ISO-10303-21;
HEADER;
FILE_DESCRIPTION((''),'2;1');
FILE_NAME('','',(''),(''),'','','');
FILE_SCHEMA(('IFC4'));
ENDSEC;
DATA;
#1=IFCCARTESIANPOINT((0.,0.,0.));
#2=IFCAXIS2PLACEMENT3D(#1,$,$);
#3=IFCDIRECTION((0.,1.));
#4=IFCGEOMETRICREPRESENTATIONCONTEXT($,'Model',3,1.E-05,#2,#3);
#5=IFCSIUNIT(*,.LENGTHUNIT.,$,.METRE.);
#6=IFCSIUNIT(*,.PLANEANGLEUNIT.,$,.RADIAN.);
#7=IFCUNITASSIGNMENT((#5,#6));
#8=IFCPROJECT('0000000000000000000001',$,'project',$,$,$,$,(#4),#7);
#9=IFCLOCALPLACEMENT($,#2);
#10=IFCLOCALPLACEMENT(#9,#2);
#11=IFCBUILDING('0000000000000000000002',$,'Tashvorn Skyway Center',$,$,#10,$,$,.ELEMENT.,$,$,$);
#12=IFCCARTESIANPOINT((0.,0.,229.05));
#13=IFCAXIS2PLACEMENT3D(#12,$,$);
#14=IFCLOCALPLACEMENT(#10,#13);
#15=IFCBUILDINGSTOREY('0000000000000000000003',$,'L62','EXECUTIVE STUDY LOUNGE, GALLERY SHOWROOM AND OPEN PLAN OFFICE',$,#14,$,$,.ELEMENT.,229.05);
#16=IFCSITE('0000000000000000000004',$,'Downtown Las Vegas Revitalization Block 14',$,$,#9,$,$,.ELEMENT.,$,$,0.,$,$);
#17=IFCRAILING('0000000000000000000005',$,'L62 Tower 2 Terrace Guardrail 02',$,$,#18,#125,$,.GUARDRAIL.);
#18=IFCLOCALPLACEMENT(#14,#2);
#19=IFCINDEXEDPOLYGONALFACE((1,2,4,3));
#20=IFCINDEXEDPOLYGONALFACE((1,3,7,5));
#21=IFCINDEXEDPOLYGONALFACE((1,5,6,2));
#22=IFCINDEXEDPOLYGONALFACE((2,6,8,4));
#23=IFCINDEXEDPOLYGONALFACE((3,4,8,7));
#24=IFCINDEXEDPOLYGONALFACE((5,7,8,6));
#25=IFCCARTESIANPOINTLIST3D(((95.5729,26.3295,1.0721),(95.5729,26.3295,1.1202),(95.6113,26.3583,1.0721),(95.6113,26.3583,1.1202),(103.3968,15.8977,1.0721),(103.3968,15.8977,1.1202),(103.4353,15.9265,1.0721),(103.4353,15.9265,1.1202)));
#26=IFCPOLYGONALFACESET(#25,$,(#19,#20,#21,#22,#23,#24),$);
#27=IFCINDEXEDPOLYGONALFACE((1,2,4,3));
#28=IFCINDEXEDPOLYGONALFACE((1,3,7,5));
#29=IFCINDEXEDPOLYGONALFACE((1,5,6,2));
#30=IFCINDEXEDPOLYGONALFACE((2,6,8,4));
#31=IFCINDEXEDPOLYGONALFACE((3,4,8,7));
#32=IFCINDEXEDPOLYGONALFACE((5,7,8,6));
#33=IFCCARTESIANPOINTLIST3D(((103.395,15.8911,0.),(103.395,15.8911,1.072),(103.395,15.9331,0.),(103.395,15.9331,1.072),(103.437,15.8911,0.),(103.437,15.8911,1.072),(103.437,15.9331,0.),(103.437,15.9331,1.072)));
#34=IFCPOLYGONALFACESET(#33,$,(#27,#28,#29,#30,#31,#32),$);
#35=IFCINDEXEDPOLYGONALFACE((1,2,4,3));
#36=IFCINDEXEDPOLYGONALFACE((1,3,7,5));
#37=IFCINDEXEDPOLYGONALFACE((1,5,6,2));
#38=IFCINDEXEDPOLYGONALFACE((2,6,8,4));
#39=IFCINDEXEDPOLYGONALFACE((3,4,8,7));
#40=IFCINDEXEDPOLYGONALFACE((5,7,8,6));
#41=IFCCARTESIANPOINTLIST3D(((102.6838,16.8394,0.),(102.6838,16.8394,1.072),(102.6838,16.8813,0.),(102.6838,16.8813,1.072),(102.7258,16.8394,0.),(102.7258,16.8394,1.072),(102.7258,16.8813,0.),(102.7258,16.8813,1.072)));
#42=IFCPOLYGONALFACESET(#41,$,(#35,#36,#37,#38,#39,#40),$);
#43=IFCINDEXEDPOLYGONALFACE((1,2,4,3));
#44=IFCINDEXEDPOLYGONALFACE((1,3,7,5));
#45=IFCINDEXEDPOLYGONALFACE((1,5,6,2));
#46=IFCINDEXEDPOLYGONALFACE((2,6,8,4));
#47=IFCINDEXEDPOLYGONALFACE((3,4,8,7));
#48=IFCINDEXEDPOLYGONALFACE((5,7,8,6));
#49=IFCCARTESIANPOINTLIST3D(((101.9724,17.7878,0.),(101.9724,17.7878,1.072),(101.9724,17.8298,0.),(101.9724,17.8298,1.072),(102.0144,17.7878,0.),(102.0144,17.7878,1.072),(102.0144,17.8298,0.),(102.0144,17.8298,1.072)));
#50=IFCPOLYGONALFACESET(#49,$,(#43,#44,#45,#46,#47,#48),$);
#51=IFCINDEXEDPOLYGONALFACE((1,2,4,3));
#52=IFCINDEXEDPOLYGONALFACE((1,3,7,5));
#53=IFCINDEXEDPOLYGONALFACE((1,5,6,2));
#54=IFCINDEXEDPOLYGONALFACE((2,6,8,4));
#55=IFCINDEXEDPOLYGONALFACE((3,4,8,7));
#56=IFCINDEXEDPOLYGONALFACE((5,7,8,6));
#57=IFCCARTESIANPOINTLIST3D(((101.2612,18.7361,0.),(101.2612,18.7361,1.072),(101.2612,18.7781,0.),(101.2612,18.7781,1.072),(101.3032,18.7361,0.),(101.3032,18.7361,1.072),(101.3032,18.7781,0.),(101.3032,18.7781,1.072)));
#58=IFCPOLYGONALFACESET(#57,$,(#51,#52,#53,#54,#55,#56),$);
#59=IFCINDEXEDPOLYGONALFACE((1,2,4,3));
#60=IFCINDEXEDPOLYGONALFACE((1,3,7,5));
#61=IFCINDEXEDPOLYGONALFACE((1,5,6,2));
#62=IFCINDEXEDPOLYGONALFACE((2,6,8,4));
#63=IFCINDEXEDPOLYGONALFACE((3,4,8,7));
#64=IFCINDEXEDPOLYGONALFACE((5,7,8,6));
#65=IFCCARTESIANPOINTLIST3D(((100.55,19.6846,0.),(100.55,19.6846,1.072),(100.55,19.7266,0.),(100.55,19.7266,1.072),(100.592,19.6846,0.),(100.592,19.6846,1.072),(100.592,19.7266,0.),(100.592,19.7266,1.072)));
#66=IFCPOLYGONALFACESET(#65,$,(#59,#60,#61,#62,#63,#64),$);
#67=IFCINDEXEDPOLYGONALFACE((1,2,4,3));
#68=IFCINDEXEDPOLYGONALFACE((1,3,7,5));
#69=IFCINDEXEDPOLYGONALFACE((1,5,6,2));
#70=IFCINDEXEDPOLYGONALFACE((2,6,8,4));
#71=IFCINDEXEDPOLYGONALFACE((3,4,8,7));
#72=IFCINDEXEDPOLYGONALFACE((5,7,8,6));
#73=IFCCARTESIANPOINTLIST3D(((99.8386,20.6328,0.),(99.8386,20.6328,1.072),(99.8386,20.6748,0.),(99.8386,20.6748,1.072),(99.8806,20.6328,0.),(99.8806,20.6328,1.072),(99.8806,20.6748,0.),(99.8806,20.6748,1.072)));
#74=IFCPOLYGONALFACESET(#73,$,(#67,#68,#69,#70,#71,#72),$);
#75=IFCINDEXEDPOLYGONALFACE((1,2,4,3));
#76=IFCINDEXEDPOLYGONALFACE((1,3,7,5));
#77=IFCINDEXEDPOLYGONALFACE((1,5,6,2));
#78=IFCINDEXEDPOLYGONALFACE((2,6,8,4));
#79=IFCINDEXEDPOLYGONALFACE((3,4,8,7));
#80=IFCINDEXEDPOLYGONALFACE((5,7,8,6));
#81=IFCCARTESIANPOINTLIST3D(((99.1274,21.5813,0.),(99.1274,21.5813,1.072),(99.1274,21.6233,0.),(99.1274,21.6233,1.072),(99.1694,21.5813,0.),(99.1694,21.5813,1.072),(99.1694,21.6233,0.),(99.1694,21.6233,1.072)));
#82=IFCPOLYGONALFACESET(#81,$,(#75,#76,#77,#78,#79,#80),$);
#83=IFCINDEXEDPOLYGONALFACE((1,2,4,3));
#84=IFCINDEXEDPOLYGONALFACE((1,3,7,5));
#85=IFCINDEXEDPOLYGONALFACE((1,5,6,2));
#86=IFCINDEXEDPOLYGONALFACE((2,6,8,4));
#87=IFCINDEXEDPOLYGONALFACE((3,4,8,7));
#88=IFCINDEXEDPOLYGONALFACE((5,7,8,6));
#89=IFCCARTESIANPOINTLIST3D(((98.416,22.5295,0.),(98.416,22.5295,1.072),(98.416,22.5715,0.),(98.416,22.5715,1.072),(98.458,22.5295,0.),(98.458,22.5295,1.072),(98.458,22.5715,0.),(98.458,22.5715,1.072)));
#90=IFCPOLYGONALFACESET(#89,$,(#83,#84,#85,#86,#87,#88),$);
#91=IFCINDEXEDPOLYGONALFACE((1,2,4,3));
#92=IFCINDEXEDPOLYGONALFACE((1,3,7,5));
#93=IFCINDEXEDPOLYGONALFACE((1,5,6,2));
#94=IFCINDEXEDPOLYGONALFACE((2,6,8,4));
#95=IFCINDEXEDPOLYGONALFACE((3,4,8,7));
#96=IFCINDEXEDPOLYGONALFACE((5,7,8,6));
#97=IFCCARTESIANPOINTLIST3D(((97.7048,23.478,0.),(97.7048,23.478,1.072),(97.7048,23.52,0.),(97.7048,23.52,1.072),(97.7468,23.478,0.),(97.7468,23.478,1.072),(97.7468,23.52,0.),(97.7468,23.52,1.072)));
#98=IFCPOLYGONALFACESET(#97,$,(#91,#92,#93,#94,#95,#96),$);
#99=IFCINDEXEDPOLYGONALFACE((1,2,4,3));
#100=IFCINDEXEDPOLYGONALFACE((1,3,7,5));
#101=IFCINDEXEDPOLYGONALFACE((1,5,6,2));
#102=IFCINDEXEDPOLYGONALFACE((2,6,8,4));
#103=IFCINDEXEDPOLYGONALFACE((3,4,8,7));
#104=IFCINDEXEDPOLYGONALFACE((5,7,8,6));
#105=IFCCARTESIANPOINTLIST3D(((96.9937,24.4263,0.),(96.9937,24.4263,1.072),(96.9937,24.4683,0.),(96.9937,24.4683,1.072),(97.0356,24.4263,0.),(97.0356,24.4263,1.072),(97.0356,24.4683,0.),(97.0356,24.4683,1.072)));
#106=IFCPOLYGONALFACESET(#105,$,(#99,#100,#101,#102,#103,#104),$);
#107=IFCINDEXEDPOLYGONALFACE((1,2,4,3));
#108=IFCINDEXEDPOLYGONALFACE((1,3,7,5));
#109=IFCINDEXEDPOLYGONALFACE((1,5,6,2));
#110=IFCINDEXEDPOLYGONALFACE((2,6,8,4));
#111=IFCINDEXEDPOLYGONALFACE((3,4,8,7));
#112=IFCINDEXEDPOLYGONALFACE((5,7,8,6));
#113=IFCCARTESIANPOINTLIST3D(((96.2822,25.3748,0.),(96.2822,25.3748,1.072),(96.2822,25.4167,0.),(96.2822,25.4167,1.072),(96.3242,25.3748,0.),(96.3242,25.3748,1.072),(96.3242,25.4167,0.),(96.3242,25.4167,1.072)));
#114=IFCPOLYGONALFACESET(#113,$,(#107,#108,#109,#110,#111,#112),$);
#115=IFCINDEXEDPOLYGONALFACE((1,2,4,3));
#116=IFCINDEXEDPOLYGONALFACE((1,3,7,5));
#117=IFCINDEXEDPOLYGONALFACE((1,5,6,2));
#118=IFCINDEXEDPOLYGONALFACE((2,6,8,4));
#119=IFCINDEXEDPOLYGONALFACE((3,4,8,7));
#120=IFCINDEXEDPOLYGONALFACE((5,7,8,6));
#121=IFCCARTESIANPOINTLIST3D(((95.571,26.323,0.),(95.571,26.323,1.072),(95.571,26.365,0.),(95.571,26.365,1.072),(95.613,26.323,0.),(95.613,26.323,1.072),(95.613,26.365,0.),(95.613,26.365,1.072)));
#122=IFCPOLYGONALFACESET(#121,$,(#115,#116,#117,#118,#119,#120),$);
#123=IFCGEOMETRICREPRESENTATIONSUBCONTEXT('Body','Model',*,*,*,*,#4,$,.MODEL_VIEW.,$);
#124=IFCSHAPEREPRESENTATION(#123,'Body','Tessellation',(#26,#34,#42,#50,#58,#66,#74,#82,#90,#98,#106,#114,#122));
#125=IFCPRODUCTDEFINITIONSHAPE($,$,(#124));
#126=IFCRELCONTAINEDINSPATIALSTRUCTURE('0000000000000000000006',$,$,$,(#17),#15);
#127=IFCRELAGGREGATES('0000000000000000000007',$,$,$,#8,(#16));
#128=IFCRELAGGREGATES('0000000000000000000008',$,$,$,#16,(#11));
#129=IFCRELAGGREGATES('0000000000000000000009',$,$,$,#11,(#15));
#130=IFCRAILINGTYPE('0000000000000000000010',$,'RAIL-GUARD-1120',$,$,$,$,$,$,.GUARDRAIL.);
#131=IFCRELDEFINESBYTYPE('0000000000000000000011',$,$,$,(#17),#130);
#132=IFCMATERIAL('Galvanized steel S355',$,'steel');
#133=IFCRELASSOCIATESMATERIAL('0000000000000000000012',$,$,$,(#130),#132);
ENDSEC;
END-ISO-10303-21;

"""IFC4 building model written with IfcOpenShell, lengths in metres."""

from ifc_helpers import new_model, si_unit, direction, frame, origin, origin_2d, place, context, subcontext, project, spatial, rectangle, extrude, material, type_object, element, save


model = new_model("IFC4")

# Units and contexts
model_context = context("Model", 3, precision=1e-05, world=origin(), true_north=direction((0.0, 1.0)))
body_context = subcontext(model_context, "Body", "Model", "MODEL_VIEW")
ifc_project = project(units=[si_unit("LENGTHUNIT", "METRE"), si_unit("PLANEANGLEUNIT", "RADIAN")], contexts=[model_context])

# Site, building, storey
site_placement = place(None, origin())
site = spatial("IfcSite", under=ifc_project, at=site_placement, Name="Downtown Las Vegas Revitalization Block 14", CompositionType="ELEMENT", RefElevation=0.0)
building_placement = place(site_placement, origin())
building = spatial("IfcBuilding", under=site, at=building_placement, Name="Tashvorn Skyway Center", CompositionType="ELEMENT")
storey_placement = place(building_placement, frame((0.0, 0.0, 229.05)))
storey = spatial("IfcBuildingStorey", under=building, at=storey_placement, Name="L62", Description="EXECUTIVE STUDY LOUNGE, GALLERY SHOWROOM AND OPEN PLAN OFFICE", CompositionType="ELEMENT", Elevation=229.05)

# Railing
ifc_material_1 = material(Name="Galvanized steel S355", Category="steel")
railing_type = type_object("IfcRailingType", Name="RAIL-GUARD-1120", PredefinedType="GUARDRAIL", material=ifc_material_1)
railing_placement = place(storey_placement, frame((103.416, 15.9121, 0.0)))
element("IfcRailing", 1, at=railing_placement, inside=storey, type_object=railing_type, Name="L62 Tower 2 Terrace Guardrail 02", PredefinedType="GUARDRAIL", context=body_context, shape_type="SweptSolid", body=[
    extrude(rectangle(XDim=0.0481, YDim=0.0481, at=origin_2d()), frame((0.0, 0.0, 1.0962), z_axis=(-0.600003, 0.799998, 0.0), x_axis=(-0.799998, -0.600003, 0.0)), (0.0, 0.0, 1.0), 13.0398),
    extrude(rectangle(XDim=0.042, YDim=0.042, at=origin_2d()), origin(), (0.0, 0.0, 1.0), 1.072),
    extrude(rectangle(XDim=0.042, YDim=0.042, at=origin_2d()), frame((-0.7112, 0.9482, 0.0)), (0.0, 0.0, 1.0), 1.072),
    extrude(rectangle(XDim=0.042, YDim=0.042, at=origin_2d()), frame((-1.4226, 1.8967, 0.0)), (0.0, 0.0, 1.0), 1.072),
    extrude(rectangle(XDim=0.042, YDim=0.042, at=origin_2d()), frame((-2.1338, 2.845, 0.0)), (0.0, 0.0, 1.0), 1.072),
    extrude(rectangle(XDim=0.042, YDim=0.042, at=origin_2d()), frame((-2.845, 3.7935, 0.0)), (0.0, 0.0, 1.0), 1.072),
    extrude(rectangle(XDim=0.042, YDim=0.042, at=origin_2d()), frame((-3.5564, 4.7417, 0.0)), (0.0, 0.0, 1.0), 1.072),
    extrude(rectangle(XDim=0.042, YDim=0.042, at=origin_2d()), frame((-4.2676, 5.6902, 0.0)), (0.0, 0.0, 1.0), 1.072),
    extrude(rectangle(XDim=0.042, YDim=0.042, at=origin_2d()), frame((-4.979, 6.6384, 0.0)), (0.0, 0.0, 1.0), 1.072),
    extrude(rectangle(XDim=0.042, YDim=0.042, at=origin_2d()), frame((-5.6902, 7.5869, 0.0)), (0.0, 0.0, 1.0), 1.072),
    extrude(rectangle(XDim=0.042, YDim=0.042, at=origin_2d()), frame((-6.4014, 8.5352, 0.0)), (0.0, 0.0, 1.0), 1.072),
    extrude(rectangle(XDim=0.042, YDim=0.042, at=origin_2d()), frame((-7.1128, 9.4836, 0.0)), (0.0, 0.0, 1.0), 1.072),
    extrude(rectangle(XDim=0.042, YDim=0.042, at=origin_2d()), frame((-7.824, 10.4319, 0.0)), (0.0, 0.0, 1.0), 1.072),
])

save(model, "model.ifc")
